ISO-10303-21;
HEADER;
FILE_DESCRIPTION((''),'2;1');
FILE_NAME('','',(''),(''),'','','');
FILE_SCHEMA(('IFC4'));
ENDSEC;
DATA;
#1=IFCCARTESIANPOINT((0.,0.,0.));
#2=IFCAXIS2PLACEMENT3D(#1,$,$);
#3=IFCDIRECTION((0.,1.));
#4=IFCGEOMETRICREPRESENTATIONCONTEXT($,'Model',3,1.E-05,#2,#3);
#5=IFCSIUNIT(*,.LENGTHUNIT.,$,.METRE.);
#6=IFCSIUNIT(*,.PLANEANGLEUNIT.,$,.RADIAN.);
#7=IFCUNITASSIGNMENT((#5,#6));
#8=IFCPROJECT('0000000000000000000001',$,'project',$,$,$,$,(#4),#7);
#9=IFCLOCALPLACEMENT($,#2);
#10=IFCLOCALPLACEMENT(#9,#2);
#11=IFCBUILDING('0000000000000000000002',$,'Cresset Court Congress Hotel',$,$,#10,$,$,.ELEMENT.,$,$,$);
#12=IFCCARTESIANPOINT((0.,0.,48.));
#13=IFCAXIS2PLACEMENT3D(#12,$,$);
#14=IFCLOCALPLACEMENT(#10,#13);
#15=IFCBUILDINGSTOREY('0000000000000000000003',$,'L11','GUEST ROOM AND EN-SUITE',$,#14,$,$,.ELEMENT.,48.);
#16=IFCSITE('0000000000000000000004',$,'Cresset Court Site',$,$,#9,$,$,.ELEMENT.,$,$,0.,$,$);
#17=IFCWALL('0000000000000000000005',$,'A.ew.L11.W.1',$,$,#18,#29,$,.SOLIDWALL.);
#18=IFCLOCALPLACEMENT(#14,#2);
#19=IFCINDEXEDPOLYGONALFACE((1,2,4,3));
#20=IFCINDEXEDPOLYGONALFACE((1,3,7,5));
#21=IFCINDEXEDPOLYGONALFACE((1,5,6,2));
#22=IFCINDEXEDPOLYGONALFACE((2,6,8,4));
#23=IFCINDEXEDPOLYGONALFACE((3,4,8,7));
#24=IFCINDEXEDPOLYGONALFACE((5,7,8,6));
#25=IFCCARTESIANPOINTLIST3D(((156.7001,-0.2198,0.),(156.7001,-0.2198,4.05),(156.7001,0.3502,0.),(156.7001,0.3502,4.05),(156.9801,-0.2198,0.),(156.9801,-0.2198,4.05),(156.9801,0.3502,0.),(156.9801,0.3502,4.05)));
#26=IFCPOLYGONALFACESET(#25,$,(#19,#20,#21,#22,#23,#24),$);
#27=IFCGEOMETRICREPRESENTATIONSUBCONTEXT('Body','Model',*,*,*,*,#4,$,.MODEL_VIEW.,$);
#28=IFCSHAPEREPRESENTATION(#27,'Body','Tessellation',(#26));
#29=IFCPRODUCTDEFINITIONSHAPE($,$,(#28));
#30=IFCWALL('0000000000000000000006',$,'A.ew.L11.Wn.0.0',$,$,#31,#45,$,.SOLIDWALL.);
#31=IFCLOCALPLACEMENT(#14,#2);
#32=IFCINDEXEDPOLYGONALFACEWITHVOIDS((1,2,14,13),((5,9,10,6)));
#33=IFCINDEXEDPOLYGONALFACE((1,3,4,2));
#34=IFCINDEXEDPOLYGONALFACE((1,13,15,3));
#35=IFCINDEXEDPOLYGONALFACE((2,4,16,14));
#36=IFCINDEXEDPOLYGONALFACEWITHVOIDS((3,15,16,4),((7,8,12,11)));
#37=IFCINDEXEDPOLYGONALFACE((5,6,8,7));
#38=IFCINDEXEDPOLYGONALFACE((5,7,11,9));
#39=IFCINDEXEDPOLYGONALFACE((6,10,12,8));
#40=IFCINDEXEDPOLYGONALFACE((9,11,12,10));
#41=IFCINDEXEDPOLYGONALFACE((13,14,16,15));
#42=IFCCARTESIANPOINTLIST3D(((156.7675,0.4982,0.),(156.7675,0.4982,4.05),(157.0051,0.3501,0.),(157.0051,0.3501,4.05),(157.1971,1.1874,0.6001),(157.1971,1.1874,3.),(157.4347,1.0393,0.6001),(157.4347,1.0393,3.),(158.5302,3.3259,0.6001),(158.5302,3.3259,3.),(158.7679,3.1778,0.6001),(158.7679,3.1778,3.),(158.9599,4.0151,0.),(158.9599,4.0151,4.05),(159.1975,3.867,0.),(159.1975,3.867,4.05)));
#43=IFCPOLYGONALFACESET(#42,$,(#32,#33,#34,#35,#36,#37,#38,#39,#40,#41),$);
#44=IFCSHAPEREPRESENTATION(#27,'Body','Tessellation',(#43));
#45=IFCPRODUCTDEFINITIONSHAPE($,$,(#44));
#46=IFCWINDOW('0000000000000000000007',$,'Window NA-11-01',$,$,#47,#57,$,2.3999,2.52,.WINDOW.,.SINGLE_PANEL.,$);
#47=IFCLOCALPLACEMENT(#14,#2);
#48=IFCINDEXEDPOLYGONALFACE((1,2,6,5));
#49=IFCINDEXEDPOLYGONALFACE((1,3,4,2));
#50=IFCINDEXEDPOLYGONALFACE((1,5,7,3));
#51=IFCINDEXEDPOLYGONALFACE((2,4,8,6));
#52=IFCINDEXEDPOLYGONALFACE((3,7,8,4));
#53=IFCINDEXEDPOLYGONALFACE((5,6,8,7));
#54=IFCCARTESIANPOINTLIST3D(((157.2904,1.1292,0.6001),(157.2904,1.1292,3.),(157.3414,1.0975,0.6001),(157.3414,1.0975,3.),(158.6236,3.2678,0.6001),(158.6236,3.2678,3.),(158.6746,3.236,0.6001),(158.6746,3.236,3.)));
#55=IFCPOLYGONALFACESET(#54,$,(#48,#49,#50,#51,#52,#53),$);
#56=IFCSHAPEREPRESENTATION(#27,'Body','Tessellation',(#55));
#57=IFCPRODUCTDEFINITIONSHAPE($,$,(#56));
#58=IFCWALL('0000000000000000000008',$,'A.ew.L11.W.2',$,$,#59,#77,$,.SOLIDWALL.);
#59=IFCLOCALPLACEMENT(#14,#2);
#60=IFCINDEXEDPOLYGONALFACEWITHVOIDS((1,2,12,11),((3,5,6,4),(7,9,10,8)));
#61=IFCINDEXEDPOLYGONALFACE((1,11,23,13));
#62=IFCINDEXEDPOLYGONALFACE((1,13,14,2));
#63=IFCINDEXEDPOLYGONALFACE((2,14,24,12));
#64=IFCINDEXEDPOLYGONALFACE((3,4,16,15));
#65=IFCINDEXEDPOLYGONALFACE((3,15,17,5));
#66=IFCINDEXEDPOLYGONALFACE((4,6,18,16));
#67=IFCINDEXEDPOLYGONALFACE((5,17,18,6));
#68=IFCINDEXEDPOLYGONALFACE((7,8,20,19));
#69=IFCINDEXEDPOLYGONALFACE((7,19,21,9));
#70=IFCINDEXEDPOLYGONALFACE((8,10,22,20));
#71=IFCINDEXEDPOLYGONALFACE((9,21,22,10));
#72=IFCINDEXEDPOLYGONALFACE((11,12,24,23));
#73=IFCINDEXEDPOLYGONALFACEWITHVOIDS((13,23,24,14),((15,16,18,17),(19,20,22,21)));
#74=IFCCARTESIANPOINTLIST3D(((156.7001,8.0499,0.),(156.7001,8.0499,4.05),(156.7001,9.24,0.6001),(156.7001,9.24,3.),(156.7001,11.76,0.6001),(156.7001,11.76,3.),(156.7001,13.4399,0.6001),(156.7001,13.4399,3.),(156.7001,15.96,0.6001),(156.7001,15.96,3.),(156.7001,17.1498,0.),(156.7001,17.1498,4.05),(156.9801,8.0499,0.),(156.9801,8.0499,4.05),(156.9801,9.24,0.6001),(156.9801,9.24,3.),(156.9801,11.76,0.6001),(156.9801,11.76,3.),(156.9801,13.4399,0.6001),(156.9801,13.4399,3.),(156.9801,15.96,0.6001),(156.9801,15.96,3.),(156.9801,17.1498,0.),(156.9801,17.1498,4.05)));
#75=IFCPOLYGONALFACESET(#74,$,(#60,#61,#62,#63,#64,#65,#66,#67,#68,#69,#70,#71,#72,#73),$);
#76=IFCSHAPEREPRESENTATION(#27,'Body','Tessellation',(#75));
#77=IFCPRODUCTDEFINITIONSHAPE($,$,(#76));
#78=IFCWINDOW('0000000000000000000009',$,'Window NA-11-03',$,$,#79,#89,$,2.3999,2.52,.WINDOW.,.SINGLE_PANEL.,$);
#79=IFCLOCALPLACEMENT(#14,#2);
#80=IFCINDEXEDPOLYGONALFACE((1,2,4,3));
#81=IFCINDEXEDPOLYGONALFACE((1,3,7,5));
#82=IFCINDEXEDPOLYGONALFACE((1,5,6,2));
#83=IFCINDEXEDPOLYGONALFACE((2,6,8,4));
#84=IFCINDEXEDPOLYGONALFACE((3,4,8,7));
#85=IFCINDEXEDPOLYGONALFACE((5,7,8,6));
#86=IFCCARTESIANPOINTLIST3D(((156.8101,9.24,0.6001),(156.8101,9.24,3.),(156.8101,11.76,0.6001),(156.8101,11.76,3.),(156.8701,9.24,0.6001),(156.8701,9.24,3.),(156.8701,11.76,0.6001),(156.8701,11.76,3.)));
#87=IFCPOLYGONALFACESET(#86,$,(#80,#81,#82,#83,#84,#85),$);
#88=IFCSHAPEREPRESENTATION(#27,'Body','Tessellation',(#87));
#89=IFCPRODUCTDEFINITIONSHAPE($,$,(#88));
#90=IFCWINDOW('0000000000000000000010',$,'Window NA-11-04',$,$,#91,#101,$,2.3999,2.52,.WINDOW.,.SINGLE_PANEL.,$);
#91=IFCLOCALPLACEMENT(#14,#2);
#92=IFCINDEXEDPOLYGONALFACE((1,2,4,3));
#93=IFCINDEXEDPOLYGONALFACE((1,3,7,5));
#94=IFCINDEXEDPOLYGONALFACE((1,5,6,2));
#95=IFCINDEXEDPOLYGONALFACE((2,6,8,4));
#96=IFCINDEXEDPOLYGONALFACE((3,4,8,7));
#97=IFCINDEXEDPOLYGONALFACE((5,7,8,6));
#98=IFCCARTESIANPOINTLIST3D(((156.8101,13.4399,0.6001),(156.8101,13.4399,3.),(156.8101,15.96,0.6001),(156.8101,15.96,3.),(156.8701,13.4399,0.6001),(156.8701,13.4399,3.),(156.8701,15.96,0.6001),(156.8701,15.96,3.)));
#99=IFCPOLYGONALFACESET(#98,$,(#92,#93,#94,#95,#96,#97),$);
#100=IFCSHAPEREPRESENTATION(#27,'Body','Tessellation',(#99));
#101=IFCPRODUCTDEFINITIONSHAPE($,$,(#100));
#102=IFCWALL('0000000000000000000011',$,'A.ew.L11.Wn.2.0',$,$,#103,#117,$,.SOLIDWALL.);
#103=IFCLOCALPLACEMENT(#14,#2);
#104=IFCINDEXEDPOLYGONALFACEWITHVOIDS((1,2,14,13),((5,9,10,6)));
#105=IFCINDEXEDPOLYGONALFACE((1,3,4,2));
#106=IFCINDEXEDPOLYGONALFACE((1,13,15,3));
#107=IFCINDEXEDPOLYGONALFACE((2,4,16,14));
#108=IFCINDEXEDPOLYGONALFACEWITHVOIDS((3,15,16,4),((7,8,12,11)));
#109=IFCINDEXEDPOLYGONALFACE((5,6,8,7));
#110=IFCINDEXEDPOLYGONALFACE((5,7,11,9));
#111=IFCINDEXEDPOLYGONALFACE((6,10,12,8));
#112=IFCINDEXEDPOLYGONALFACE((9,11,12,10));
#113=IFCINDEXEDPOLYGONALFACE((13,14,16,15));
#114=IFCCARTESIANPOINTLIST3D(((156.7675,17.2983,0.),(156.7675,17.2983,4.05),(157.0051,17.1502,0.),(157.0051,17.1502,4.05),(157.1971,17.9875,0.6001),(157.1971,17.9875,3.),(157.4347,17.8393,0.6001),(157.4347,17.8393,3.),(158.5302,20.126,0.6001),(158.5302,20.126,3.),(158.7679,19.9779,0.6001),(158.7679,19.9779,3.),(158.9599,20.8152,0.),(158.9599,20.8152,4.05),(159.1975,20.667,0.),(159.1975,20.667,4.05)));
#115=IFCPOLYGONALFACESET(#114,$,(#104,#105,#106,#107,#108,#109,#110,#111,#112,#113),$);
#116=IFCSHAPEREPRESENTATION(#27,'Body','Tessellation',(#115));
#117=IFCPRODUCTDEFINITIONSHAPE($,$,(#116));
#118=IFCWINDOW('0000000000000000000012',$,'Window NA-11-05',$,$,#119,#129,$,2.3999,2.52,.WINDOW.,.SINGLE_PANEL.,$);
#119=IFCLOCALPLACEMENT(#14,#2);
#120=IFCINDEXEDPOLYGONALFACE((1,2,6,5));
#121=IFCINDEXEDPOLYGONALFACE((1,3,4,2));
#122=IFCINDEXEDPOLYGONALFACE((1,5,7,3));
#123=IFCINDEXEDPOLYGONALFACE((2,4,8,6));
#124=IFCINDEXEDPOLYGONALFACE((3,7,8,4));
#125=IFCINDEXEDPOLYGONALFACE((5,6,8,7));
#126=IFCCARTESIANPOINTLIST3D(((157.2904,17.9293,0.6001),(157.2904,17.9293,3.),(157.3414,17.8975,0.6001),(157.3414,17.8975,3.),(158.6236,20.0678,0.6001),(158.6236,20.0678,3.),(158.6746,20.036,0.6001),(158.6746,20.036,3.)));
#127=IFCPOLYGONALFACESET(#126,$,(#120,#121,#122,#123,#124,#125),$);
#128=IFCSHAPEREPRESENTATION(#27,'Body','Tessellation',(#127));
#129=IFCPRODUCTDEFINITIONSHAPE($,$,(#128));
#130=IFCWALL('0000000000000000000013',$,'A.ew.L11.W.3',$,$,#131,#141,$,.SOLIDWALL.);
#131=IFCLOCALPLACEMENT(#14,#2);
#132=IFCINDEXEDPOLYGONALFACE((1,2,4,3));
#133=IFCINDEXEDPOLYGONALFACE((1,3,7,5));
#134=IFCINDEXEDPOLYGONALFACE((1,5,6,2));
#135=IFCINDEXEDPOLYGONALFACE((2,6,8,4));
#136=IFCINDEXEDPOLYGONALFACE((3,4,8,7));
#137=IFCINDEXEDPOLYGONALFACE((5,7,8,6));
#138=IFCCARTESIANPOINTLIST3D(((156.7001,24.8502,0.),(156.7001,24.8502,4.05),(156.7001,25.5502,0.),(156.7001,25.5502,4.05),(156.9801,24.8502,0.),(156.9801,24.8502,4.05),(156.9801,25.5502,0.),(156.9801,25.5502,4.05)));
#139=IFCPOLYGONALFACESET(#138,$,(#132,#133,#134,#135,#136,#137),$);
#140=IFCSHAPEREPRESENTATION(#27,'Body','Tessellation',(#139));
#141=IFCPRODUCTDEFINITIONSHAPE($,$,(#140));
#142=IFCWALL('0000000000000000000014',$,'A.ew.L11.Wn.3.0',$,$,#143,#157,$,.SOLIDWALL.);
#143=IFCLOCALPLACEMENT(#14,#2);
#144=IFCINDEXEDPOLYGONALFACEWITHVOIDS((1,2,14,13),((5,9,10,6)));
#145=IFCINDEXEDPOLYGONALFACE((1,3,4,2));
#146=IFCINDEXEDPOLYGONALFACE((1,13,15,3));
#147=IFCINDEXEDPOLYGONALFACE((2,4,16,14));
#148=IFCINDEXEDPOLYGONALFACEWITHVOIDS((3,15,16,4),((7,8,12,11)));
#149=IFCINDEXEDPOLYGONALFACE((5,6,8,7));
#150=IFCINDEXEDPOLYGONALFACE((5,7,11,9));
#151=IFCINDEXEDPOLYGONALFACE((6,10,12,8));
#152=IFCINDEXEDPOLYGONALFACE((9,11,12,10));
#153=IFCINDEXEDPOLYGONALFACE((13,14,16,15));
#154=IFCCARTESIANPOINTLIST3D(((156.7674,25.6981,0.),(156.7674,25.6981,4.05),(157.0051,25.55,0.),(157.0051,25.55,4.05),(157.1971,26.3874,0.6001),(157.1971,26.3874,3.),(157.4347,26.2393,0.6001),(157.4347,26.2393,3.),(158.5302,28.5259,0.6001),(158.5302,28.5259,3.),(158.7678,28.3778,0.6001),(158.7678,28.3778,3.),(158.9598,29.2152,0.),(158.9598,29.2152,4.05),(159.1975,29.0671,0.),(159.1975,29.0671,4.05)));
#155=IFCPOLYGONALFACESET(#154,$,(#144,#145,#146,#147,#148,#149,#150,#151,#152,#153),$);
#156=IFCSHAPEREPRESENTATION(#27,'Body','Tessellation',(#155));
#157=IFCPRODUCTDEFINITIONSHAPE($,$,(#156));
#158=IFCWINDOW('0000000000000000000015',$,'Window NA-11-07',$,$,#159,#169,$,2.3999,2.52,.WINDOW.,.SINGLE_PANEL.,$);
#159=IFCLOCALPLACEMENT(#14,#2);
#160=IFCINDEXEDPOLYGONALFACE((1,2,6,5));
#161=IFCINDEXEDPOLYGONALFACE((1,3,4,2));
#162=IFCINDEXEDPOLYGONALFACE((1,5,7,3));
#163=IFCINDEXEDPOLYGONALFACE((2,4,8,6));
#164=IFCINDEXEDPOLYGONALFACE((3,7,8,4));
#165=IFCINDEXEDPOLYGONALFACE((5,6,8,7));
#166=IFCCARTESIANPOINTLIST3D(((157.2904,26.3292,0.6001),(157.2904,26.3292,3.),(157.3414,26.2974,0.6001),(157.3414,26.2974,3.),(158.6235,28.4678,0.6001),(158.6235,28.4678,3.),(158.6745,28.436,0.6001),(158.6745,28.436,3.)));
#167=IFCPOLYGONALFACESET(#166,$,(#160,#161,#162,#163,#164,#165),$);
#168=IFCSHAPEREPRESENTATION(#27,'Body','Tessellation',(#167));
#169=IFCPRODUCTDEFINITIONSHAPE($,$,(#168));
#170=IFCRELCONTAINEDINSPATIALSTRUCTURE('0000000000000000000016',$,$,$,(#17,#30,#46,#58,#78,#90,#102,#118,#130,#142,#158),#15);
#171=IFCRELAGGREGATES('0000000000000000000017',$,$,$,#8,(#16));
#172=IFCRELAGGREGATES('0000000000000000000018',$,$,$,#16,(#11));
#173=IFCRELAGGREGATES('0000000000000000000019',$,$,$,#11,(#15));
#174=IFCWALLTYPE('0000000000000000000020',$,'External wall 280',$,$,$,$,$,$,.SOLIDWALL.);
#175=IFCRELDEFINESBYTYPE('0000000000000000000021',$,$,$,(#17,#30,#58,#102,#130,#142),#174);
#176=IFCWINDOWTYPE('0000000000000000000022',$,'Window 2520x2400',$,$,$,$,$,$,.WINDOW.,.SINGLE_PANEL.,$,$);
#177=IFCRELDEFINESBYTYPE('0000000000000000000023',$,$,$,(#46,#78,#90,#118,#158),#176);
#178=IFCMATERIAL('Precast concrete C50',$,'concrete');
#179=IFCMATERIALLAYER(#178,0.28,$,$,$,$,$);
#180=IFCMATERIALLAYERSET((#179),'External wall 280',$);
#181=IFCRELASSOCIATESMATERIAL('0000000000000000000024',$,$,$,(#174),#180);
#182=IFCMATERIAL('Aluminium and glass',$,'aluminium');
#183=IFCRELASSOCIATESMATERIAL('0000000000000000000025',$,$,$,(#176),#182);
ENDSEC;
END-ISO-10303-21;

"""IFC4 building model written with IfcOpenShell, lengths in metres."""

from ifc_helpers import new_model, si_unit, direction, frame, frame_2d, origin, place, context, subcontext, project, spatial, rectangle, extrude, material, layer, layer_set, type_object, element, fill, save


model = new_model("IFC4")

# Units and contexts
model_context = context("Model", 3, precision=1e-05, world=origin(), true_north=direction((0.0, 1.0)))
body_context = subcontext(model_context, "Body", "Model", "MODEL_VIEW")
ifc_project = project(units=[si_unit("LENGTHUNIT", "METRE"), si_unit("PLANEANGLEUNIT", "RADIAN")], contexts=[model_context])

# Site, building, storey
site_placement = place(None, origin())
site = spatial("IfcSite", under=ifc_project, at=site_placement, Name="Cresset Court Site", CompositionType="ELEMENT", RefElevation=0.0)
building_placement = place(site_placement, origin())
building = spatial("IfcBuilding", under=site, at=building_placement, Name="Cresset Court Congress Hotel", CompositionType="ELEMENT")
storey_placement = place(building_placement, frame((0.0, 0.0, 48.0)))
storey = spatial("IfcBuildingStorey", under=building, at=storey_placement, Name="L11", Description="GUEST ROOM AND EN-SUITE", CompositionType="ELEMENT", Elevation=48.0)

# Wall
ifc_material_1 = material(Name="Precast concrete C50", Category="concrete")
ifc_layer_1 = layer(ifc_material_1, 0.28)
ifc_layer_set_1 = layer_set([ifc_layer_1], Name="External wall 280")
wall_type_1 = type_object("IfcWallType", Name="External wall 280", PredefinedType="SOLIDWALL", material=ifc_layer_set_1)
wall_1_placement = place(storey_placement, frame((156.8401, -0.22, 0.0), z_axis=(0.0, 0.0, 1.0), x_axis=(0.0, 1.0, 0.0)))
element("IfcWall", 1, at=wall_1_placement, inside=storey, type_object=wall_type_1, Name="A.ew.L11.W.1", PredefinedType="SOLIDWALL", context=body_context, shape_type="SweptSolid", body=[
    extrude(rectangle(XDim=0.5701, YDim=0.28, at=frame_2d((0.2852, 0.0))), origin(), (0.0, 0.0, 1.0), 4.05),
])

# Wall, opening, window
wall_2_placement = place(storey_placement, frame((156.8862, 0.4241, 0.0), z_axis=(0.0, 0.0, 1.0), x_axis=(0.529019, 0.84861, 0.0)))
wall_2 = element("IfcWall", 2, at=wall_2_placement, inside=storey, type_object=wall_type_1, Name="A.ew.L11.Wn.0.0", PredefinedType="SOLIDWALL", context=body_context, shape_type="SweptSolid", body=[
    extrude(rectangle(XDim=4.1443, YDim=0.28, at=frame_2d((2.0723, 0.0))), origin(), (0.0, 0.0, 1.0), 4.05),
])
opening_1_placement = place(wall_2_placement, frame((0.8123, 0.0, 0.6001)))
opening_1 = element("IfcOpeningElement", 3, at=opening_1_placement, cuts=wall_2, PredefinedType="OPENING", context=body_context, shape_type="SweptSolid", body=[
    extrude(rectangle(XDim=2.52, YDim=2.3999, at=frame_2d((1.26, 1.2))), frame((0.0, 0.1499, 0.0), z_axis=(0.0, -1.0, 0.0), x_axis=(1.0, 0.0, 0.0)), (0.0, 0.0, 1.0), 0.3),
])
ifc_material_2 = material(Name="Aluminium and glass", Category="aluminium")
window_type = type_object("IfcWindowType", Name="Window 2520x2400", PartitioningType="SINGLE_PANEL", PredefinedType="WINDOW", material=ifc_material_2)
window_1_placement = place(opening_1_placement, origin())
window_1 = element("IfcWindow", 4, at=window_1_placement, inside=storey, type_object=window_type, Name="Window NA-11-01", OverallHeight=2.3999, OverallWidth=2.52, PartitioningType="SINGLE_PANEL", PredefinedType="WINDOW", context=body_context, shape_type="SweptSolid", body=[
    extrude(rectangle(XDim=2.52, YDim=2.3999, at=frame_2d((1.26, 1.2))), frame((0.0, 0.03, 0.0), z_axis=(0.0, -1.0, 0.0), x_axis=(1.0, 0.0, 0.0)), (0.0, 0.0, 1.0), 0.0601),
])
fill(opening_1, window_1)

# Wall, openings, windows
wall_3_placement = place(storey_placement, frame((156.8401, 8.05, 0.0), z_axis=(0.0, 0.0, 1.0), x_axis=(0.0, 1.0, 0.0)))
wall_3 = element("IfcWall", 5, at=wall_3_placement, inside=storey, type_object=wall_type_1, Name="A.ew.L11.W.2", PredefinedType="SOLIDWALL", context=body_context, shape_type="SweptSolid", body=[
    extrude(rectangle(XDim=9.0999, YDim=0.28, at=frame_2d((4.5498, 0.0))), origin(), (0.0, 0.0, 1.0), 4.05),
])
opening_2_placement = place(wall_3_placement, frame((1.1899, 0.0, 0.6001)))
opening_2 = element("IfcOpeningElement", 6, at=opening_2_placement, cuts=wall_3, PredefinedType="OPENING", context=body_context, shape_type="SweptSolid", body=[
    extrude(rectangle(XDim=2.52, YDim=2.3999, at=frame_2d((1.26, 1.2))), frame((0.0, 0.1499, 0.0), z_axis=(0.0, -1.0, 0.0), x_axis=(1.0, 0.0, 0.0)), (0.0, 0.0, 1.0), 0.3),
])
opening_3_placement = place(wall_3_placement, frame((5.3899, 0.0, 0.6001)))
opening_3 = element("IfcOpeningElement", 7, at=opening_3_placement, cuts=wall_3, PredefinedType="OPENING", context=body_context, shape_type="SweptSolid", body=[
    extrude(rectangle(XDim=2.52, YDim=2.3999, at=frame_2d((1.26, 1.2))), frame((0.0, 0.1499, 0.0), z_axis=(0.0, -1.0, 0.0), x_axis=(1.0, 0.0, 0.0)), (0.0, 0.0, 1.0), 0.3),
])
window_2_placement = place(opening_2_placement, origin())
window_2 = element("IfcWindow", 8, at=window_2_placement, inside=storey, type_object=window_type, Name="Window NA-11-03", OverallHeight=2.3999, OverallWidth=2.52, PartitioningType="SINGLE_PANEL", PredefinedType="WINDOW", context=body_context, shape_type="SweptSolid", body=[
    extrude(rectangle(XDim=2.52, YDim=2.3999, at=frame_2d((1.26, 1.2))), frame((0.0, 0.03, 0.0), z_axis=(0.0, -1.0, 0.0), x_axis=(1.0, 0.0, 0.0)), (0.0, 0.0, 1.0), 0.0601),
])
fill(opening_2, window_2)
window_3_placement = place(opening_3_placement, origin())
window_3 = element("IfcWindow", 9, at=window_3_placement, inside=storey, type_object=window_type, Name="Window NA-11-04", OverallHeight=2.3999, OverallWidth=2.52, PartitioningType="SINGLE_PANEL", PredefinedType="WINDOW", context=body_context, shape_type="SweptSolid", body=[
    extrude(rectangle(XDim=2.52, YDim=2.3999, at=frame_2d((1.26, 1.2))), frame((0.0, 0.03, 0.0), z_axis=(0.0, -1.0, 0.0), x_axis=(1.0, 0.0, 0.0)), (0.0, 0.0, 1.0), 0.0601),
])
fill(opening_3, window_3)

# Wall, opening, window
wall_4_placement = place(storey_placement, frame((156.8862, 17.2241, 0.0), z_axis=(0.0, 0.0, 1.0), x_axis=(0.529019, 0.84861, 0.0)))
wall_4 = element("IfcWall", 10, at=wall_4_placement, inside=storey, type_object=wall_type_1, Name="A.ew.L11.Wn.2.0", PredefinedType="SOLIDWALL", context=body_context, shape_type="SweptSolid", body=[
    extrude(rectangle(XDim=4.1443, YDim=0.28, at=frame_2d((2.0723, 0.0))), origin(), (0.0, 0.0, 1.0), 4.05),
])
opening_4_placement = place(wall_4_placement, frame((0.8123, 0.0, 0.6001)))
opening_4 = element("IfcOpeningElement", 11, at=opening_4_placement, cuts=wall_4, PredefinedType="OPENING", context=body_context, shape_type="SweptSolid", body=[
    extrude(rectangle(XDim=2.52, YDim=2.3999, at=frame_2d((1.26, 1.2))), frame((0.0, 0.1499, 0.0), z_axis=(0.0, -1.0, 0.0), x_axis=(1.0, 0.0, 0.0)), (0.0, 0.0, 1.0), 0.3),
])
window_4_placement = place(opening_4_placement, origin())
window_4 = element("IfcWindow", 12, at=window_4_placement, inside=storey, type_object=window_type, Name="Window NA-11-05", OverallHeight=2.3999, OverallWidth=2.52, PartitioningType="SINGLE_PANEL", PredefinedType="WINDOW", context=body_context, shape_type="SweptSolid", body=[
    extrude(rectangle(XDim=2.52, YDim=2.3999, at=frame_2d((1.26, 1.2))), frame((0.0, 0.03, 0.0), z_axis=(0.0, -1.0, 0.0), x_axis=(1.0, 0.0, 0.0)), (0.0, 0.0, 1.0), 0.0601),
])
fill(opening_4, window_4)

# Wall
wall_5_placement = place(storey_placement, frame((156.8401, 24.8501, 0.0), z_axis=(0.0, 0.0, 1.0), x_axis=(0.0, 1.0, 0.0)))
element("IfcWall", 13, at=wall_5_placement, inside=storey, type_object=wall_type_1, Name="A.ew.L11.W.3", PredefinedType="SOLIDWALL", context=body_context, shape_type="SweptSolid", body=[
    extrude(rectangle(XDim=0.7, YDim=0.28, at=frame_2d((0.3501, 0.0))), origin(), (0.0, 0.0, 1.0), 4.05),
])

# Wall, opening, window
wall_6_placement = place(storey_placement, frame((156.8862, 25.624, 0.0), z_axis=(0.0, 0.0, 1.0), x_axis=(0.528993, 0.848626, 0.0)))
wall_6 = element("IfcWall", 14, at=wall_6_placement, inside=storey, type_object=wall_type_1, Name="A.ew.L11.Wn.3.0", PredefinedType="SOLIDWALL", context=body_context, shape_type="SweptSolid", body=[
    extrude(rectangle(XDim=4.1445, YDim=0.28, at=frame_2d((2.0723, 0.0))), origin(), (0.0, 0.0, 1.0), 4.05),
])
opening_5_placement = place(wall_6_placement, frame((0.8123, 0.0, 0.6001)))
opening_5 = element("IfcOpeningElement", 15, at=opening_5_placement, cuts=wall_6, PredefinedType="OPENING", context=body_context, shape_type="SweptSolid", body=[
    extrude(rectangle(XDim=2.52, YDim=2.3999, at=frame_2d((1.26, 1.2))), frame((0.0, 0.1499, 0.0), z_axis=(0.0, -1.0, 0.0), x_axis=(1.0, 0.0, 0.0)), (0.0, 0.0, 1.0), 0.3),
])
window_5_placement = place(opening_5_placement, origin())
window_5 = element("IfcWindow", 16, at=window_5_placement, inside=storey, type_object=window_type, Name="Window NA-11-07", OverallHeight=2.3999, OverallWidth=2.52, PartitioningType="SINGLE_PANEL", PredefinedType="WINDOW", context=body_context, shape_type="SweptSolid", body=[
    extrude(rectangle(XDim=2.52, YDim=2.3999, at=frame_2d((1.26, 1.2))), frame((0.0, 0.03, 0.0), z_axis=(0.0, -1.0, 0.0), x_axis=(1.0, 0.0, 0.0)), (0.0, 0.0, 1.0), 0.0601),
])
fill(opening_5, window_5)

save(model, "model.ifc")
